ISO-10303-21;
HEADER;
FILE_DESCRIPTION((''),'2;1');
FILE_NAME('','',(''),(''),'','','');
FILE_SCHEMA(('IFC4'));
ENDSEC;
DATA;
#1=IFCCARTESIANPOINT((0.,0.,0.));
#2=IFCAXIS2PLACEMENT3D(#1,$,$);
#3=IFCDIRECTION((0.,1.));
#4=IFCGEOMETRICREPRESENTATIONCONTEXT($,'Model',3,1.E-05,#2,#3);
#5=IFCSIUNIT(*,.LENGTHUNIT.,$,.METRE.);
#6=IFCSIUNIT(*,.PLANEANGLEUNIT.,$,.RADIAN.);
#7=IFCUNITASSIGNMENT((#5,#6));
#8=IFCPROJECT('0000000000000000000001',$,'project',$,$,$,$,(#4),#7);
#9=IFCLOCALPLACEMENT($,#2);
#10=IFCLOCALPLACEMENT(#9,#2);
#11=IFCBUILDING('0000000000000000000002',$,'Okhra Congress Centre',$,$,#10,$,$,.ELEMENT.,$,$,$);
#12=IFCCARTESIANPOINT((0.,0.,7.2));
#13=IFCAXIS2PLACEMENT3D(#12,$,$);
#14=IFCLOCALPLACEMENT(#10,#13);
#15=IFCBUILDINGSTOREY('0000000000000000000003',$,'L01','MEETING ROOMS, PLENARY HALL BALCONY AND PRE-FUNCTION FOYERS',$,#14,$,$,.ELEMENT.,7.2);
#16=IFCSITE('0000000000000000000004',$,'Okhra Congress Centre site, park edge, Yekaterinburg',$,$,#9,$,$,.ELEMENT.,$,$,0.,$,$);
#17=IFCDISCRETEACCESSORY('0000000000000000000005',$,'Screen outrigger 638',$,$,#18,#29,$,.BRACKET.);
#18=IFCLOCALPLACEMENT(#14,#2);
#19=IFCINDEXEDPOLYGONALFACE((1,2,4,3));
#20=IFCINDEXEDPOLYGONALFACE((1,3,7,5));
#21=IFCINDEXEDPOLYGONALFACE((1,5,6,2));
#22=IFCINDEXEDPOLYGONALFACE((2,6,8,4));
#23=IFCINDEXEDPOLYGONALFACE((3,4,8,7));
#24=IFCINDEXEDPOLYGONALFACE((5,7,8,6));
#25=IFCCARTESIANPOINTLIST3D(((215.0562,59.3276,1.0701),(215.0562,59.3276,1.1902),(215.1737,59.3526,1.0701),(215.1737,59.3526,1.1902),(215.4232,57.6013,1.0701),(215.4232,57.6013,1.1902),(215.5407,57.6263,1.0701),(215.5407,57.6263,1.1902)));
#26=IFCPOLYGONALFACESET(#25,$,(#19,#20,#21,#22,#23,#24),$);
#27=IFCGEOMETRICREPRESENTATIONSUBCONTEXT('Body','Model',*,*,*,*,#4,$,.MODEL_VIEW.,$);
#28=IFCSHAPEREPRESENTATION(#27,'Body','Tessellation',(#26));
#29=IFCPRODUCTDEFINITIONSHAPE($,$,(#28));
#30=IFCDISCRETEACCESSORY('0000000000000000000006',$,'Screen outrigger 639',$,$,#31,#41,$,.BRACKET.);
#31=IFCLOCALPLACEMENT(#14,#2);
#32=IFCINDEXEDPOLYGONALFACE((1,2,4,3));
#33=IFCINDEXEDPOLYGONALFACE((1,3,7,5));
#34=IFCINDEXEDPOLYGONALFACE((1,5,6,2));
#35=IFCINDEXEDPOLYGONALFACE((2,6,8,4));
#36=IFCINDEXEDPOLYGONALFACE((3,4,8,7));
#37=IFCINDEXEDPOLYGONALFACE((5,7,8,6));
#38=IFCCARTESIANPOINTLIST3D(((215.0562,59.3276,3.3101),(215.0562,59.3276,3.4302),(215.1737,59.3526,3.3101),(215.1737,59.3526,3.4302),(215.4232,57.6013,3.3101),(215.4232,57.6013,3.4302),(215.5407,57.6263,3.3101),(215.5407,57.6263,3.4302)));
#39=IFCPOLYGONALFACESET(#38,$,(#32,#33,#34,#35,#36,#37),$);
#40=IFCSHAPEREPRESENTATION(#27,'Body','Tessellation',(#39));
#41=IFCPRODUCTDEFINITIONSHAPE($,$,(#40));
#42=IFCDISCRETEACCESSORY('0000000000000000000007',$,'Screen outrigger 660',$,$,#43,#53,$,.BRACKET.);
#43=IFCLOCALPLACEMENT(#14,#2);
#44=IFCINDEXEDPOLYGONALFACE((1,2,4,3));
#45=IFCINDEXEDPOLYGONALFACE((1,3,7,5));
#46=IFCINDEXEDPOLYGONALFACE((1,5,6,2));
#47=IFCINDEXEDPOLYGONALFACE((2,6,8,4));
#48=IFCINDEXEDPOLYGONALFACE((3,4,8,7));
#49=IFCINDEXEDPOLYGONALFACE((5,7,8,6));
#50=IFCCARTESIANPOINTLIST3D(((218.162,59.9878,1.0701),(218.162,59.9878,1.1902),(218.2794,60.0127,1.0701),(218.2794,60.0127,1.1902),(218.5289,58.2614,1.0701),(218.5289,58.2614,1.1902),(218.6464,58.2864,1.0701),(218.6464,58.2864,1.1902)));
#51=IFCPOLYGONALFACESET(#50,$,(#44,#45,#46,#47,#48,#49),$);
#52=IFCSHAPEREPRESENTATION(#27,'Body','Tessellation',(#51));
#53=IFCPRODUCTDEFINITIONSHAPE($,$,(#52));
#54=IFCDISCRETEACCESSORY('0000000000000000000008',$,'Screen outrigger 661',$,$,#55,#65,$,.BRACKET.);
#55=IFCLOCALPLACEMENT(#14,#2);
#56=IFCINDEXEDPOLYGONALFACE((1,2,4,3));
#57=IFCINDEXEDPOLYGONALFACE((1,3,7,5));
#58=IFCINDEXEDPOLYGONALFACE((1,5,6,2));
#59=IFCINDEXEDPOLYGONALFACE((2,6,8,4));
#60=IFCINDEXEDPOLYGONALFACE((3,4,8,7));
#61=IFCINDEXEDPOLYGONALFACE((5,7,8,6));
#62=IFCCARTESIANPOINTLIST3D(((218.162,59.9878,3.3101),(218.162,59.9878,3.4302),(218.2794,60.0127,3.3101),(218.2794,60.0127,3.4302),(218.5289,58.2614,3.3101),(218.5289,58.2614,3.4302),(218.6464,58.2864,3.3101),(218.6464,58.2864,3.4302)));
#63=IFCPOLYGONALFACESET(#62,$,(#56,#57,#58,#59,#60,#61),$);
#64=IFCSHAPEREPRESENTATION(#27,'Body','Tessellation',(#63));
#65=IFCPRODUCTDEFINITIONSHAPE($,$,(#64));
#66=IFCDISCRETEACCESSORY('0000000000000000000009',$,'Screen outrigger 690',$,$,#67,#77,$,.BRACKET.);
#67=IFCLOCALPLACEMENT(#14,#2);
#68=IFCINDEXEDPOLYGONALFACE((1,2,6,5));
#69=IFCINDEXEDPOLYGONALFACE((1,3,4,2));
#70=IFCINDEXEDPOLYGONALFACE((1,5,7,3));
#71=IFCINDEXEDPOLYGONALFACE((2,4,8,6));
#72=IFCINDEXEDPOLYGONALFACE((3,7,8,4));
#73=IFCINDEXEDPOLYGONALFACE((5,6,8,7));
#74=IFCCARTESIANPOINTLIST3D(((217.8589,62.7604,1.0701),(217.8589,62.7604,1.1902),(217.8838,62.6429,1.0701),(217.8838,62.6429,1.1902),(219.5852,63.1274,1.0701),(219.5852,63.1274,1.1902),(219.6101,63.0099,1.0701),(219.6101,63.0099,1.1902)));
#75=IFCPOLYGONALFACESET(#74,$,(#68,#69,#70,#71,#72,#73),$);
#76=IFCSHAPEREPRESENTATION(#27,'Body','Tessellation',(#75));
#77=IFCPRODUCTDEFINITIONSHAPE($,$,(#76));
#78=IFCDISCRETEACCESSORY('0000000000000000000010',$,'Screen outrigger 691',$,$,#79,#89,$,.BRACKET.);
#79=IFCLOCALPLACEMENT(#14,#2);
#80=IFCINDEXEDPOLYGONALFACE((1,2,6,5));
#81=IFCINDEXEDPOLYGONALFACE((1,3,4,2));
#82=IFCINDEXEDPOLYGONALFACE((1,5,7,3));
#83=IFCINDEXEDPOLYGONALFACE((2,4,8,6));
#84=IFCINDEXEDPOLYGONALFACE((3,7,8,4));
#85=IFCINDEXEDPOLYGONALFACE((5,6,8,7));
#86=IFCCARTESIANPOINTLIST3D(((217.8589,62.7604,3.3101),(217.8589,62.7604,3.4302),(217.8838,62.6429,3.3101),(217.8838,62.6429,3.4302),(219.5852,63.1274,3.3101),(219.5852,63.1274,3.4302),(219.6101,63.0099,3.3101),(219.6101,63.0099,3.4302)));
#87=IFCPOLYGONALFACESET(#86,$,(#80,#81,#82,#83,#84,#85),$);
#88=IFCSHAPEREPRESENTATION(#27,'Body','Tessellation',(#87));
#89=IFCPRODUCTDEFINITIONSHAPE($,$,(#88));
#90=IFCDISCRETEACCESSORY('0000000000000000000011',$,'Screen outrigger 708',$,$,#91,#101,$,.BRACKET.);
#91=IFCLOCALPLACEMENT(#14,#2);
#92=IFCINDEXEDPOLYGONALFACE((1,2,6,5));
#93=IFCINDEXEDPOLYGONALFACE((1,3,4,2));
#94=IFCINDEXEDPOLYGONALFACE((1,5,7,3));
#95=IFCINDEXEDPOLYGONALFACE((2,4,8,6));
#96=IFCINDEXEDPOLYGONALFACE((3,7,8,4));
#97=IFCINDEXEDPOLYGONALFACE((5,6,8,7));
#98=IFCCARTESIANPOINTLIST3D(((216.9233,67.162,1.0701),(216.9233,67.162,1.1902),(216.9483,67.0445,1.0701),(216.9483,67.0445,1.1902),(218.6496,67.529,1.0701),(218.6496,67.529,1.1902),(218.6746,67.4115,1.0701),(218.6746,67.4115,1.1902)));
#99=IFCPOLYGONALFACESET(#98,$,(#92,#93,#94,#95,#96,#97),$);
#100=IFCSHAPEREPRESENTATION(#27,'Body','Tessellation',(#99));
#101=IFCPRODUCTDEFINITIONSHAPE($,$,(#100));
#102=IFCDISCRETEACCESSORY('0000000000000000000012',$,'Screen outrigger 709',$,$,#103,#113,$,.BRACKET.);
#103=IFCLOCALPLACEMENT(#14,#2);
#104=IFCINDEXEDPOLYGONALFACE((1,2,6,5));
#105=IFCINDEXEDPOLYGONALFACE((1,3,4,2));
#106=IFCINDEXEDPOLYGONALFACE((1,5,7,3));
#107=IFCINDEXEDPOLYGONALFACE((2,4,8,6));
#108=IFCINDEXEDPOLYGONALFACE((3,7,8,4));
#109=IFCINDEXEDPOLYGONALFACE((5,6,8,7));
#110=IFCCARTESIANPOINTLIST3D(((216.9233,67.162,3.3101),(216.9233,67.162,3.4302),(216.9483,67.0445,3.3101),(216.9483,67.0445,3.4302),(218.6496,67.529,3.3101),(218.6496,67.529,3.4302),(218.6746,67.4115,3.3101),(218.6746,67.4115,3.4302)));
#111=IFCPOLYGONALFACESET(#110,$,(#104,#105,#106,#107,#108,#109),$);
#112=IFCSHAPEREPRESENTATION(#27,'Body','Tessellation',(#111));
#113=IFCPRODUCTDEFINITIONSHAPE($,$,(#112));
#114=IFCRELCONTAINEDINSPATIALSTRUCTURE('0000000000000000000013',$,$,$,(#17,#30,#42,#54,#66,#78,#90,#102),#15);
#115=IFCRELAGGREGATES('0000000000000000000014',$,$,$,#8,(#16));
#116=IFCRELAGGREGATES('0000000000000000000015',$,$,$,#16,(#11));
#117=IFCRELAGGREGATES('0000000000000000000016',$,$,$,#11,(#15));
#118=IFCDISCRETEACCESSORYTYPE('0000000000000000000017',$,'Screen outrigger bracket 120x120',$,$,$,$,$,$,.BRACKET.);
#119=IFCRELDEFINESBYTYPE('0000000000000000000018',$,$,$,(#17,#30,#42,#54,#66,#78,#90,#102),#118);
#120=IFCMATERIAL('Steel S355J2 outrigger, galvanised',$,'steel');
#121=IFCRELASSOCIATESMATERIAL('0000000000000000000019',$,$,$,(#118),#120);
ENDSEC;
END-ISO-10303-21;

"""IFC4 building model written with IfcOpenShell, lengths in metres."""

from ifc_helpers import new_model, si_unit, direction, frame, origin, origin_2d, place, context, subcontext, project, spatial, rectangle, extrude, material, material_profile, profile_set, type_object, element, save


model = new_model("IFC4")

# Units and contexts
model_context = context("Model", 3, precision=1e-05, world=origin(), true_north=direction((0.0, 1.0)))
body_context = subcontext(model_context, "Body", "Model", "MODEL_VIEW")
ifc_project = project(units=[si_unit("LENGTHUNIT", "METRE"), si_unit("PLANEANGLEUNIT", "RADIAN")], contexts=[model_context])

# Site, building, storey
site_placement = place(None, origin())
site = spatial("IfcSite", under=ifc_project, at=site_placement, Name="Okhra Congress Centre site, park edge, Yekaterinburg", CompositionType="ELEMENT", RefElevation=0.0)
building_placement = place(site_placement, origin())
building = spatial("IfcBuilding", under=site, at=building_placement, Name="Okhra Congress Centre", CompositionType="ELEMENT")
storey_placement = place(building_placement, frame((0.0, 0.0, 7.2)))
storey = spatial("IfcBuildingStorey", under=building, at=storey_placement, Name="L01", Description="MEETING ROOMS, PLENARY HALL BALCONY AND PRE-FUNCTION FOYERS", CompositionType="ELEMENT", Elevation=7.2)

# Discrete accessories
ifc_material_1 = material(Name="Steel S355J2 outrigger, galvanised", Category="steel")
ifc_material_profile_1 = material_profile(ifc_material_1, rectangle(XDim=0.1201, YDim=0.1201, at=origin_2d()), Name="Screen outrigger bracket 120x120")
ifc_profile_set_1 = profile_set([ifc_material_profile_1], Name="Steel S355J2 outrigger, galvanised")
discrete_accessory_type = type_object("IfcDiscreteAccessoryType", Name="Screen outrigger bracket 120x120", PredefinedType="BRACKET", material=ifc_profile_set_1)
for number, where, z_axis, x_axis, name in (
    (1, (215.115, 59.3401, 1.1301), (0.207913, -0.978147, 0.0), (0.978147, 0.207913, 0.0), "Screen outrigger 638"),
    (2, (215.115, 59.3401, 3.3701), (0.207913, -0.978147, 0.0), (0.978147, 0.207913, 0.0), "Screen outrigger 639"),
    (3, (218.2207, 60.0002, 1.1301), (0.207913, -0.978147, 0.0), (0.978147, 0.207913, 0.0), "Screen outrigger 660"),
    (4, (218.2207, 60.0002, 3.3701), (0.207913, -0.978147, 0.0), (0.978147, 0.207913, 0.0), "Screen outrigger 661"),
    (5, (217.8713, 62.7017, 1.1301), (0.978147, 0.207913, 0.0), (-0.207913, 0.978147, 0.0), "Screen outrigger 690"),
    (6, (217.8713, 62.7017, 3.3701), (0.978147, 0.207913, 0.0), (-0.207913, 0.978147, 0.0), "Screen outrigger 691"),
    (7, (216.9358, 67.1033, 1.1301), (0.978147, 0.207913, 0.0), (-0.207913, 0.978147, 0.0), "Screen outrigger 708"),
    (8, (216.9358, 67.1033, 3.3701), (0.978147, 0.207913, 0.0), (-0.207913, 0.978147, 0.0), "Screen outrigger 709"),
):
    element("IfcDiscreteAccessory", number, at=place(storey_placement, frame(where, z_axis=z_axis, x_axis=x_axis)), inside=storey, type_object=discrete_accessory_type, Name=name, PredefinedType="BRACKET", context=body_context, shape_type="SweptSolid", body=[
        extrude(rectangle(XDim=0.1201, YDim=0.1201, at=origin_2d()), origin(), (0.0, 0.0, 1.0), 1.7649),
    ])

save(model, "model.ifc")
